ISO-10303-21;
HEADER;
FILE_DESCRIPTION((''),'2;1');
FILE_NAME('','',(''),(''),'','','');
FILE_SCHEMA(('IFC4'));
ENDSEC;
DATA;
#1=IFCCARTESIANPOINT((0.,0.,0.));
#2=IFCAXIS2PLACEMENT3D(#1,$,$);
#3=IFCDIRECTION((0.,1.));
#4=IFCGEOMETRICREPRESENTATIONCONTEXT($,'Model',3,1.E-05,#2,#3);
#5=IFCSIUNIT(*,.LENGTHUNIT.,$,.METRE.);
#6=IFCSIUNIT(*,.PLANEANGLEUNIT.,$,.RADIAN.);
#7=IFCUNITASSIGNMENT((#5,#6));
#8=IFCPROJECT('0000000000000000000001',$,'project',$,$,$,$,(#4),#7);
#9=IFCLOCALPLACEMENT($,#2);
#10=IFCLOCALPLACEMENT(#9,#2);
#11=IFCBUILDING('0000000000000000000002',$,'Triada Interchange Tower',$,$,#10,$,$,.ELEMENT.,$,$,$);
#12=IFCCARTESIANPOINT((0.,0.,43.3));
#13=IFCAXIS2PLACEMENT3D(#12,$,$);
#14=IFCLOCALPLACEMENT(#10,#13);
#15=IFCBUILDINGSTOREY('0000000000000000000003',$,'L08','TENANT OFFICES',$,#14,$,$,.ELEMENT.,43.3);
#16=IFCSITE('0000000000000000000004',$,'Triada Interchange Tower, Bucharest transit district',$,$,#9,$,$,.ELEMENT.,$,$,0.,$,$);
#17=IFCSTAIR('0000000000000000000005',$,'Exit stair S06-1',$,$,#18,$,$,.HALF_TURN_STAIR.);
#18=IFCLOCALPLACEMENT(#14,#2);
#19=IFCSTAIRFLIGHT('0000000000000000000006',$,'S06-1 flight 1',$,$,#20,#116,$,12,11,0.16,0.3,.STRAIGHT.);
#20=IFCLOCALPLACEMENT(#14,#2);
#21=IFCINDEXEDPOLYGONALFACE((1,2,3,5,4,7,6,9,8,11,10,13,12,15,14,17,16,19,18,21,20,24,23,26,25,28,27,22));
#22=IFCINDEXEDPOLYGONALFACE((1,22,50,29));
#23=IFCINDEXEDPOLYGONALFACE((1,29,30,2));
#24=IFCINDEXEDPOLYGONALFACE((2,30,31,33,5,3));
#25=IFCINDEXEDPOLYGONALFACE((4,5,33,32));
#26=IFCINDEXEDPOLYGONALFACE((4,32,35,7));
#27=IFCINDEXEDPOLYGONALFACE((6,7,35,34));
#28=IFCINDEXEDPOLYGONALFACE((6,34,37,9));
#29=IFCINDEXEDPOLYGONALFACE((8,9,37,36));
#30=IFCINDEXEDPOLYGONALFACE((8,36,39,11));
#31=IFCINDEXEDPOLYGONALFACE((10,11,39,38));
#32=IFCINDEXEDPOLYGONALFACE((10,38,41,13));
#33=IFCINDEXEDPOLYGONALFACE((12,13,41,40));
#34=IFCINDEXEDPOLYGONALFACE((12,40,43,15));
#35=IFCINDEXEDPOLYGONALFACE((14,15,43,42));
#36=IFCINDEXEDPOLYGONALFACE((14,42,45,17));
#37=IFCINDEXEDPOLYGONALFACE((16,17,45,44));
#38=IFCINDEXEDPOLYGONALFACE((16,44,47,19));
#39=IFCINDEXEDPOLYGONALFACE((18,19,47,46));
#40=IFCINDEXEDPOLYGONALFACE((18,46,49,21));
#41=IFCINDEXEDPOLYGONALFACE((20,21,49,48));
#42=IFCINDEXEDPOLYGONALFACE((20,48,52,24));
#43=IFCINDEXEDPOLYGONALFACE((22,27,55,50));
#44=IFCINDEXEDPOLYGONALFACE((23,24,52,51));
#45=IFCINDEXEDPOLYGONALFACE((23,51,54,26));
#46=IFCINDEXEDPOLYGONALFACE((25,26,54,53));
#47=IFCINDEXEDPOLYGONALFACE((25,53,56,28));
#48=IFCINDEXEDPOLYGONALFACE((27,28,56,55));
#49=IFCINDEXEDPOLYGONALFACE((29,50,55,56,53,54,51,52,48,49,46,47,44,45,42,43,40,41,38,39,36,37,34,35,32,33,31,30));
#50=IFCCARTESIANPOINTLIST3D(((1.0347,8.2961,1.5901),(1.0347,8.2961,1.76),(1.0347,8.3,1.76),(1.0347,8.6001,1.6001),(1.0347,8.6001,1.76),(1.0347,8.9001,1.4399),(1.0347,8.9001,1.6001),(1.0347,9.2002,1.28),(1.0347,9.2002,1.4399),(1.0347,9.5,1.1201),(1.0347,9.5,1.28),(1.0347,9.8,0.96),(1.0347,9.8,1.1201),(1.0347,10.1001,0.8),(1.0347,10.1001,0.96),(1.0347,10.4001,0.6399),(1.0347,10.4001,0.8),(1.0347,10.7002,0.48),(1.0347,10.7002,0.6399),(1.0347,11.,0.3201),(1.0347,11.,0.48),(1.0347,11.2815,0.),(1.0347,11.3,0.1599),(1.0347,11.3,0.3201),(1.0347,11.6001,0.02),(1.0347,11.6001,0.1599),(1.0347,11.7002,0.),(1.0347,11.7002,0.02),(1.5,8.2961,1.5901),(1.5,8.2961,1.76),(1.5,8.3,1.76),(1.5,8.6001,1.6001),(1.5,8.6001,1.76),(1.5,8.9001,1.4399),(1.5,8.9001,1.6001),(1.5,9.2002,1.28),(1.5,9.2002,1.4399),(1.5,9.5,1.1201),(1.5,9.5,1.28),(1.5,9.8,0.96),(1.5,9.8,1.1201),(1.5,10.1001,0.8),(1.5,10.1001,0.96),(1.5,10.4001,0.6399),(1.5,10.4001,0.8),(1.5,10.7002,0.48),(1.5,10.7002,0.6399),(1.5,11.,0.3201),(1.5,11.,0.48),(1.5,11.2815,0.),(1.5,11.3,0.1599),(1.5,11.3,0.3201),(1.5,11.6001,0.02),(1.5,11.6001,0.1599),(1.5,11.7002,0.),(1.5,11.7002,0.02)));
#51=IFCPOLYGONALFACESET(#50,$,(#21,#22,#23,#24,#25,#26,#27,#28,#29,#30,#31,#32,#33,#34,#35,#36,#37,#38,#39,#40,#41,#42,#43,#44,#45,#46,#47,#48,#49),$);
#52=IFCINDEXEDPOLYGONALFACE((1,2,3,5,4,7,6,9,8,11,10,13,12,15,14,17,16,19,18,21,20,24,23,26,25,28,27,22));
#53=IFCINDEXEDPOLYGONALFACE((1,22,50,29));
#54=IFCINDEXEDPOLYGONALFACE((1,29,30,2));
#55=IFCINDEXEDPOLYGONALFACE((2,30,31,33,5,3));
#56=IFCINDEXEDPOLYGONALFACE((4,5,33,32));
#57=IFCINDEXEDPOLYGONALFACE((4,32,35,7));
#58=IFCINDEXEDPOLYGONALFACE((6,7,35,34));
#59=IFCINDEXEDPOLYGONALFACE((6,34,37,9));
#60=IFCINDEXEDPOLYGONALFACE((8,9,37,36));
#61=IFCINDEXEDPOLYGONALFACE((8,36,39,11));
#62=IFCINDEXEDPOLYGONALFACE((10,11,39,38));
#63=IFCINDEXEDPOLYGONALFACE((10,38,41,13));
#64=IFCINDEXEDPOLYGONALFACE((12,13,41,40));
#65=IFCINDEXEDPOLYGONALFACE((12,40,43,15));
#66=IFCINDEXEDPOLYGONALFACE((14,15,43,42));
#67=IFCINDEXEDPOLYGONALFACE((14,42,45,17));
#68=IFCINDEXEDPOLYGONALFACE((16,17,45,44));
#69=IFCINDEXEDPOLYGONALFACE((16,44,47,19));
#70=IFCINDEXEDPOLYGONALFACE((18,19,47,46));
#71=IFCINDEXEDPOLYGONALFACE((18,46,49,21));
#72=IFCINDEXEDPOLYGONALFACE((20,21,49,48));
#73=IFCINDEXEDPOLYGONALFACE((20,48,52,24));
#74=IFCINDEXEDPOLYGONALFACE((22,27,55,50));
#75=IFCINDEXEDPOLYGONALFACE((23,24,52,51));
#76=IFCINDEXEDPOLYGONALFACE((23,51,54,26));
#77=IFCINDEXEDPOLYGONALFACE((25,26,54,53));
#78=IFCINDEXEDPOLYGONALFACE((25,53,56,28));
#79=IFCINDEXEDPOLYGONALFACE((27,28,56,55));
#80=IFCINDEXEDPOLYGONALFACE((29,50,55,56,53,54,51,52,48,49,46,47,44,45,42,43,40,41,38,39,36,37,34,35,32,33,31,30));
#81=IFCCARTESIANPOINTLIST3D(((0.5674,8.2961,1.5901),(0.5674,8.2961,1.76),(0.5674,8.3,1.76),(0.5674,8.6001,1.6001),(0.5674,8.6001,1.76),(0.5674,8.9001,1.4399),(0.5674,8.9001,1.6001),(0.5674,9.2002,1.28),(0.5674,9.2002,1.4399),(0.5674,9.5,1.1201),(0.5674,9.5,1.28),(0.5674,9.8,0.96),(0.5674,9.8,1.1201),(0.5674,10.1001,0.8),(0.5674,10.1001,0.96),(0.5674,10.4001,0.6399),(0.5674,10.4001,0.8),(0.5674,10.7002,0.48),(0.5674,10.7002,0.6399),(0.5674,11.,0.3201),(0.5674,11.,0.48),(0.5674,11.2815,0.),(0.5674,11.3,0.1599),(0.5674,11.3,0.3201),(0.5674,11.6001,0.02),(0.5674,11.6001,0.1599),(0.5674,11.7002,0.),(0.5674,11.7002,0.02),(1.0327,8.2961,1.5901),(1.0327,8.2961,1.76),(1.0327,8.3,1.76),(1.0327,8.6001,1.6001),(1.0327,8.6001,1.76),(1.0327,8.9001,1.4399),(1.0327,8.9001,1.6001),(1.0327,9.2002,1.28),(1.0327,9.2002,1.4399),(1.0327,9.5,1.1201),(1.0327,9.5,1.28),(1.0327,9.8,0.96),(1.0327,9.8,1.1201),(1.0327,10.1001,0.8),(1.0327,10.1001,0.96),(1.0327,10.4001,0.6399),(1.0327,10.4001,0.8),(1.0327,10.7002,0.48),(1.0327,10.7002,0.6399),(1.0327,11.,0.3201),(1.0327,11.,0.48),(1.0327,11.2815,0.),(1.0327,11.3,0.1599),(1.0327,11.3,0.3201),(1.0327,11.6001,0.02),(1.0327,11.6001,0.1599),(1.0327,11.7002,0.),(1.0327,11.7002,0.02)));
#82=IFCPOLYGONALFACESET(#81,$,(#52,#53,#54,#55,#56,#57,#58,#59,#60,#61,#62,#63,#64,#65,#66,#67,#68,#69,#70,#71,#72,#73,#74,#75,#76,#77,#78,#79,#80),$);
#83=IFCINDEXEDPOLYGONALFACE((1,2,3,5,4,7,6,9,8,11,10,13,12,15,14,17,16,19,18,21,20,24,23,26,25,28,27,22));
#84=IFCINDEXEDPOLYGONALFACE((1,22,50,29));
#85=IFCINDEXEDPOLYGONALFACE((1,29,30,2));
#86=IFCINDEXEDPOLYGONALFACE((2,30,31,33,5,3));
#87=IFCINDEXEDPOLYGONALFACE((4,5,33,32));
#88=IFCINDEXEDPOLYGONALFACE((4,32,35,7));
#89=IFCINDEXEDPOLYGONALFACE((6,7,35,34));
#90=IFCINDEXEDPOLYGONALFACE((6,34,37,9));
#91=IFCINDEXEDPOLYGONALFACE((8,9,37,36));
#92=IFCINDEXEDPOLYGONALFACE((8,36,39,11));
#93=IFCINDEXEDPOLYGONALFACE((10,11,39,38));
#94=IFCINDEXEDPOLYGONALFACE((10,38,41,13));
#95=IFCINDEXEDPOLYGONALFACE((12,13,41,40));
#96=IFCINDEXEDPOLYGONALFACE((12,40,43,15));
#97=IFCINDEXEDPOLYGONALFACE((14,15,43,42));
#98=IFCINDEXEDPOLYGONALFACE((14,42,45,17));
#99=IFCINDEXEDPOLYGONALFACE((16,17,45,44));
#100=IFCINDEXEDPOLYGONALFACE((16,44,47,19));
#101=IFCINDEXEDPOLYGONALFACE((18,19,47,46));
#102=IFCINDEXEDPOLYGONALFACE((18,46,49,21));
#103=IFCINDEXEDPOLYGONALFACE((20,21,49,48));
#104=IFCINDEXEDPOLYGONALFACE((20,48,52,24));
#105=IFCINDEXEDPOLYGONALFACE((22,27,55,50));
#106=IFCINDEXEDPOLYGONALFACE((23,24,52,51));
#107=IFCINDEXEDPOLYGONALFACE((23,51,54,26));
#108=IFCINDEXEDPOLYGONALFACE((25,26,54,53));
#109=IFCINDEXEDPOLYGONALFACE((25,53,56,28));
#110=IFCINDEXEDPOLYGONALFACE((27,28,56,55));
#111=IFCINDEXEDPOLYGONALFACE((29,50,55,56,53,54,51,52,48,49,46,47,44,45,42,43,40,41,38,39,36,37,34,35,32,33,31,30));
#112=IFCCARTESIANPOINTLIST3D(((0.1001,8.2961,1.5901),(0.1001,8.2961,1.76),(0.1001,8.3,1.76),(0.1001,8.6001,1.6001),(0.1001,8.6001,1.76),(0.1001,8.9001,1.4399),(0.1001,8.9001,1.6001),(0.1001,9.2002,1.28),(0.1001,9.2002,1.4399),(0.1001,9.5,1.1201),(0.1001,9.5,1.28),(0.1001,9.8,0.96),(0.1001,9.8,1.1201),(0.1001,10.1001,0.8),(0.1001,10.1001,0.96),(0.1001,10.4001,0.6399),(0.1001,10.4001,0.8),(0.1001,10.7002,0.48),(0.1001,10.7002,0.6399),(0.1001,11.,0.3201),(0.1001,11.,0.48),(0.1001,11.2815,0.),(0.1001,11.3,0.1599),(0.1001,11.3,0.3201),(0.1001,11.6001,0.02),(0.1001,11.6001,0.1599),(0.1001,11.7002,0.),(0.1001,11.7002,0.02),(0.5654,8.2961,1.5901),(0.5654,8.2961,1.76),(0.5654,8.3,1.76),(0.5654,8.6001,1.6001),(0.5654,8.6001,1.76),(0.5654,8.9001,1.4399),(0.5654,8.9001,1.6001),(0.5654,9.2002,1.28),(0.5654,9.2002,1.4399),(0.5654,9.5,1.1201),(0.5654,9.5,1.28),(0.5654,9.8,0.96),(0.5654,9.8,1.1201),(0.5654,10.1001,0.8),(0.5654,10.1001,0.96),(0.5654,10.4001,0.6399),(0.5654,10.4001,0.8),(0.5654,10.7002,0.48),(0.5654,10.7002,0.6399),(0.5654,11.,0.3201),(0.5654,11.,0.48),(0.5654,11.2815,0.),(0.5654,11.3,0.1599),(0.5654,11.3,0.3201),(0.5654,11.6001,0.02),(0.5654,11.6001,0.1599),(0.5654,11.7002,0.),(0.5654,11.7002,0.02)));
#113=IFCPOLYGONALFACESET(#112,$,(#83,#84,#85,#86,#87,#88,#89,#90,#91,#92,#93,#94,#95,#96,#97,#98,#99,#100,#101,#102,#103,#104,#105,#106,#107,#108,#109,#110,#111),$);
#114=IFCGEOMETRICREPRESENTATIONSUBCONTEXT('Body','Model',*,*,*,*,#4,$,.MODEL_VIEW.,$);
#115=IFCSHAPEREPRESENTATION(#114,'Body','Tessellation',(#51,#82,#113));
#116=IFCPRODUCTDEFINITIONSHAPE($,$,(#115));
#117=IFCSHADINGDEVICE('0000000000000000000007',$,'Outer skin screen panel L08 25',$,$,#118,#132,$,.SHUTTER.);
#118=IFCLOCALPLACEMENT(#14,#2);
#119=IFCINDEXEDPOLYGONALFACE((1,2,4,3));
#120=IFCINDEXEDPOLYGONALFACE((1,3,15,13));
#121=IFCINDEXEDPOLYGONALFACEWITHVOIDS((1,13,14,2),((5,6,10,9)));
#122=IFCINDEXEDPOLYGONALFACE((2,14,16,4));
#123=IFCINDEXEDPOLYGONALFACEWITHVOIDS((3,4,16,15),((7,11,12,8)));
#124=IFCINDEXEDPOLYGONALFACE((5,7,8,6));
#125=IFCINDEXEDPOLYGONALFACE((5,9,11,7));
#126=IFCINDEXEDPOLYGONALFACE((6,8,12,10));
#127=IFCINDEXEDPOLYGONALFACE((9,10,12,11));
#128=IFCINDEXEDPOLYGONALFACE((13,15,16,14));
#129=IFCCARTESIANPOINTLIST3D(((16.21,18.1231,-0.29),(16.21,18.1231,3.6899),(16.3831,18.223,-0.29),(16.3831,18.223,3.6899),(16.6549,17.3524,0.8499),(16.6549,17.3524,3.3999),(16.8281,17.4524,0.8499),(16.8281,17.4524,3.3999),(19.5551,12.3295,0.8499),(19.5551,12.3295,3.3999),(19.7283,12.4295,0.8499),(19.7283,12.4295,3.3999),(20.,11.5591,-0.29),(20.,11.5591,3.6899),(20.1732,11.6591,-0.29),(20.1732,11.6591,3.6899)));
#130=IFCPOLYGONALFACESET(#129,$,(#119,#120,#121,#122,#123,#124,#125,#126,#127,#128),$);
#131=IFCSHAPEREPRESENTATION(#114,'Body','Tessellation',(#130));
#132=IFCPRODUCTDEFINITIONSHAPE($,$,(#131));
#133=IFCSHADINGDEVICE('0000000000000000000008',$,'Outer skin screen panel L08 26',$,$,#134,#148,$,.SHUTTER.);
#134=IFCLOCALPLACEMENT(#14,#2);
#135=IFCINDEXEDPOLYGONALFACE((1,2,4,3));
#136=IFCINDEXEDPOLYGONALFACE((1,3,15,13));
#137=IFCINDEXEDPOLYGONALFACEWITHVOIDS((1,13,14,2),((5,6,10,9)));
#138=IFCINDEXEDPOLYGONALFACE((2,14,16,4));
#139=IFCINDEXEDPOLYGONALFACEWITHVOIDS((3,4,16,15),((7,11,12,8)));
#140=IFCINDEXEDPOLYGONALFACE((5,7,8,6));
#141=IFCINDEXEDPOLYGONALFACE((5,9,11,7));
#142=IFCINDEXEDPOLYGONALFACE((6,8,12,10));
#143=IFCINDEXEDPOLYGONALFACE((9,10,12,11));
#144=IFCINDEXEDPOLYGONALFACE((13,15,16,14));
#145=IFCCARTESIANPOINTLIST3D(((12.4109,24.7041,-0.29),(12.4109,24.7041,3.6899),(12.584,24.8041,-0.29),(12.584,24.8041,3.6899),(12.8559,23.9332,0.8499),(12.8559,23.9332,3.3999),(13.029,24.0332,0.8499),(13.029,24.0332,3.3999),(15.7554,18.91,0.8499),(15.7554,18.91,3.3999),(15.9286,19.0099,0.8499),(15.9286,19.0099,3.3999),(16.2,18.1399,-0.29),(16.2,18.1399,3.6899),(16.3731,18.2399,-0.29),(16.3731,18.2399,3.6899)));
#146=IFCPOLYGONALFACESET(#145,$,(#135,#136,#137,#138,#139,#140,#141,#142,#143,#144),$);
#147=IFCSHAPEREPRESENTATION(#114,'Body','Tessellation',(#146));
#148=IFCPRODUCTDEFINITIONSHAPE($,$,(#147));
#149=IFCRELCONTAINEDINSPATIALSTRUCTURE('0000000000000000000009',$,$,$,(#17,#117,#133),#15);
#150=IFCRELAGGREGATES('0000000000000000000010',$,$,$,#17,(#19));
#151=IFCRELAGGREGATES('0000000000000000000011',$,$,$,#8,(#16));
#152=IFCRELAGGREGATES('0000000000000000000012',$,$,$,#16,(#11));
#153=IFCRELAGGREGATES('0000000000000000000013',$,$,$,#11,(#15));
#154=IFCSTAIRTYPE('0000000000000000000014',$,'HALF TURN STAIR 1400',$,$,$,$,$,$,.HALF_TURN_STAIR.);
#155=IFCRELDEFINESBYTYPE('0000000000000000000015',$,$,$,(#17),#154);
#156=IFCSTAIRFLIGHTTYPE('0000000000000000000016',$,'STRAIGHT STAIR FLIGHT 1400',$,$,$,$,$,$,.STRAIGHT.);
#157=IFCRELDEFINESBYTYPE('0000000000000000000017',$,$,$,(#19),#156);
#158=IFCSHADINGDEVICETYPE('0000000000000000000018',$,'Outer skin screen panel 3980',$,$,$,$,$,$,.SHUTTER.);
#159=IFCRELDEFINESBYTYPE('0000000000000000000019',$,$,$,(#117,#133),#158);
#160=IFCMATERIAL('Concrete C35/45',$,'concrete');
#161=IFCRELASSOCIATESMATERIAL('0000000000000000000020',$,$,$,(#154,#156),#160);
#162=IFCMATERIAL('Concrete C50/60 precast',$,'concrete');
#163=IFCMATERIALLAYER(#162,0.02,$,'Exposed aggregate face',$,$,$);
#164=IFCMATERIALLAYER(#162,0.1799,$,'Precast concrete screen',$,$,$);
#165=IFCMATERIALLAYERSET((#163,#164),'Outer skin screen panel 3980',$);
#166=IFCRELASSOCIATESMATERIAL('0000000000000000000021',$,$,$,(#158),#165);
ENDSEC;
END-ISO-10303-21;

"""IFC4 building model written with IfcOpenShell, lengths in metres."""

from ifc_helpers import new_model, si_unit, direction, frame, origin, place, context, subcontext, project, spatial, polyline, outline, extrude, material, layer, layer_set, type_object, element, aggregate, save


model = new_model("IFC4")

# Units and contexts
model_context = context("Model", 3, precision=1e-05, world=origin(), true_north=direction((0.0, 1.0)))
body_context = subcontext(model_context, "Body", "Model", "MODEL_VIEW")
ifc_project = project(units=[si_unit("LENGTHUNIT", "METRE"), si_unit("PLANEANGLEUNIT", "RADIAN")], contexts=[model_context])

# Site, building, storey
site_placement = place(None, origin())
site = spatial("IfcSite", under=ifc_project, at=site_placement, Name="Triada Interchange Tower, Bucharest transit district", CompositionType="ELEMENT", RefElevation=0.0)
building_placement = place(site_placement, origin())
building = spatial("IfcBuilding", under=site, at=building_placement, Name="Triada Interchange Tower", CompositionType="ELEMENT")
storey_placement = place(building_placement, frame((0.0, 0.0, 43.3)))
storey = spatial("IfcBuildingStorey", under=building, at=storey_placement, Name="L08", Description="TENANT OFFICES", CompositionType="ELEMENT", Elevation=43.3)

# Stair, stair flight
ifc_material_1 = material(Name="Concrete C35/45", Category="concrete")
stair_type = type_object("IfcStairType", Name="HALF TURN STAIR 1400", PredefinedType="HALF_TURN_STAIR", material=ifc_material_1)
stair_placement = place(storey_placement, origin())
stair = element("IfcStair", 1, at=stair_placement, inside=storey, type_object=stair_type, Name="Exit stair S06-1", PredefinedType="HALF_TURN_STAIR")
stair_flight_type = type_object("IfcStairFlightType", Name="STRAIGHT STAIR FLIGHT 1400", PredefinedType="STRAIGHT", material=ifc_material_1)
stair_flight_placement = place(storey_placement, frame((0.8, 11.6001, 0.0), z_axis=(0.0, 0.0, 1.0), x_axis=(0.0, -1.0, 0.0)))
stair_flight = element("IfcStairFlight", 2, at=stair_flight_placement, type_object=stair_flight_type, Name="S06-1 flight 1", NumberOfRisers=12, NumberOfTreads=11, PredefinedType="STRAIGHT", RiserHeight=0.16, TreadLength=0.3, context=body_context, shape_type="SweptSolid", body=[
    extrude(outline(polyline([(-0.1001, 0.0), (-0.1001, 0.02), (0.0, 0.02), (0.0, 0.1599), (0.3, 0.1599), (0.3, 0.3201), (0.6001, 0.3201), (0.6001, 0.48), (0.8999, 0.48), (0.8999, 0.6399), (1.2, 0.6399), (1.2, 0.8), (1.5, 0.8), (1.5, 0.96), (1.8, 0.96), (1.8, 1.1201), (2.1001, 1.1201), (2.1001, 1.28), (2.3999, 1.28), (2.3999, 1.4399), (2.7, 1.4399), (2.7, 1.6001), (3.0, 1.6001), (3.0, 1.76), (3.3, 1.76), (3.304, 1.76), (3.304, 1.9199), (3.304, 1.5901), (0.3186, 0.0), (-0.1001, 0.0)])), frame((0.0, 0.7, 0.0), z_axis=(0.0, -1.0, 0.0), x_axis=(1.0, 0.0, 0.0)), (0.0, 0.0, 1.0), 0.4653),
    extrude(outline(polyline([(-0.1001, 0.0), (-0.1001, 0.02), (0.0, 0.02), (0.0, 0.1599), (0.3, 0.1599), (0.3, 0.3201), (0.6001, 0.3201), (0.6001, 0.48), (0.8999, 0.48), (0.8999, 0.6399), (1.2, 0.6399), (1.2, 0.8), (1.5, 0.8), (1.5, 0.96), (1.8, 0.96), (1.8, 1.1201), (2.1001, 1.1201), (2.1001, 1.28), (2.3999, 1.28), (2.3999, 1.4399), (2.7, 1.4399), (2.7, 1.6001), (3.0, 1.6001), (3.0, 1.76), (3.3, 1.76), (3.304, 1.76), (3.304, 1.9199), (3.304, 1.5901), (0.3186, 0.0), (-0.1001, 0.0)])), frame((0.0, 0.2327, 0.0), z_axis=(0.0, -1.0, 0.0), x_axis=(1.0, 0.0, 0.0)), (0.0, 0.0, 1.0), 0.4653),
    extrude(outline(polyline([(-0.1001, 0.0), (-0.1001, 0.02), (0.0, 0.02), (0.0, 0.1599), (0.3, 0.1599), (0.3, 0.3201), (0.6001, 0.3201), (0.6001, 0.48), (0.8999, 0.48), (0.8999, 0.6399), (1.2, 0.6399), (1.2, 0.8), (1.5, 0.8), (1.5, 0.96), (1.8, 0.96), (1.8, 1.1201), (2.1001, 1.1201), (2.1001, 1.28), (2.3999, 1.28), (2.3999, 1.4399), (2.7, 1.4399), (2.7, 1.6001), (3.0, 1.6001), (3.0, 1.76), (3.3, 1.76), (3.304, 1.76), (3.304, 1.9199), (3.304, 1.5901), (0.3186, 0.0), (-0.1001, 0.0)])), frame((0.0, -0.2346, 0.0), z_axis=(0.0, -1.0, 0.0), x_axis=(1.0, 0.0, 0.0)), (0.0, 0.0, 1.0), 0.4653),
])

# Shading devices
ifc_material_2 = material(Name="Concrete C50/60 precast", Category="concrete")
ifc_layer_1 = layer(ifc_material_2, 0.02, Name="Exposed aggregate face")
ifc_layer_2 = layer(ifc_material_2, 0.1799, Name="Precast concrete screen")
ifc_layer_set_1 = layer_set([ifc_layer_1, ifc_layer_2], Name="Outer skin screen panel 3980")
shading_device_type = type_object("IfcShadingDeviceType", Name="Outer skin screen panel 3980", PredefinedType="SHUTTER", material=ifc_layer_set_1)
shading_device_1_placement = place(storey_placement, frame((20.0, 11.5591, -0.29), z_axis=(0.0, 0.0, 1.0), x_axis=(-0.500033, 0.866006, 0.0)))
element("IfcShadingDevice", 3, at=shading_device_1_placement, inside=storey, type_object=shading_device_type, Name="Outer skin screen panel L08 25", PredefinedType="SHUTTER", context=body_context, shape_type="SweptSolid", body=[
    extrude(outline(polyline([(0.0, 0.0), (7.5796, 0.0), (7.5796, 3.98), (0.0, 3.98), (0.0, 0.0)]), holes=[polyline([(0.8896, 1.1399), (0.8896, 3.6899), (6.6897, 3.6899), (6.6897, 1.1399), (0.8896, 1.1399)])]), frame((0.0, 0.0, 0.0), z_axis=(0.0, -1.0, 0.0), x_axis=(1.0, 0.0, 0.0)), (0.0, 0.0, 1.0), 0.2),
])
shading_device_2_placement = place(storey_placement, frame((16.2, 18.1399, -0.29), z_axis=(0.0, 0.0, 1.0), x_axis=(-0.499922, 0.86607, 0.0)))
element("IfcShadingDevice", 4, at=shading_device_2_placement, inside=storey, type_object=shading_device_type, Name="Outer skin screen panel L08 26", PredefinedType="SHUTTER", context=body_context, shape_type="SweptSolid", body=[
    extrude(outline(polyline([(0.0, 0.0), (7.5793, 0.0), (7.5793, 3.98), (0.0, 3.98), (0.0, 0.0)]), holes=[polyline([(0.8892, 1.1399), (0.8892, 3.6899), (6.6892, 3.6899), (6.6892, 1.1399), (0.8892, 1.1399)])]), frame((0.0, 0.0, 0.0), z_axis=(0.0, -1.0, 0.0), x_axis=(1.0, 0.0, 0.0)), (0.0, 0.0, 1.0), 0.2),
])

aggregate(stair, [stair_flight])

save(model, "model.ifc")
